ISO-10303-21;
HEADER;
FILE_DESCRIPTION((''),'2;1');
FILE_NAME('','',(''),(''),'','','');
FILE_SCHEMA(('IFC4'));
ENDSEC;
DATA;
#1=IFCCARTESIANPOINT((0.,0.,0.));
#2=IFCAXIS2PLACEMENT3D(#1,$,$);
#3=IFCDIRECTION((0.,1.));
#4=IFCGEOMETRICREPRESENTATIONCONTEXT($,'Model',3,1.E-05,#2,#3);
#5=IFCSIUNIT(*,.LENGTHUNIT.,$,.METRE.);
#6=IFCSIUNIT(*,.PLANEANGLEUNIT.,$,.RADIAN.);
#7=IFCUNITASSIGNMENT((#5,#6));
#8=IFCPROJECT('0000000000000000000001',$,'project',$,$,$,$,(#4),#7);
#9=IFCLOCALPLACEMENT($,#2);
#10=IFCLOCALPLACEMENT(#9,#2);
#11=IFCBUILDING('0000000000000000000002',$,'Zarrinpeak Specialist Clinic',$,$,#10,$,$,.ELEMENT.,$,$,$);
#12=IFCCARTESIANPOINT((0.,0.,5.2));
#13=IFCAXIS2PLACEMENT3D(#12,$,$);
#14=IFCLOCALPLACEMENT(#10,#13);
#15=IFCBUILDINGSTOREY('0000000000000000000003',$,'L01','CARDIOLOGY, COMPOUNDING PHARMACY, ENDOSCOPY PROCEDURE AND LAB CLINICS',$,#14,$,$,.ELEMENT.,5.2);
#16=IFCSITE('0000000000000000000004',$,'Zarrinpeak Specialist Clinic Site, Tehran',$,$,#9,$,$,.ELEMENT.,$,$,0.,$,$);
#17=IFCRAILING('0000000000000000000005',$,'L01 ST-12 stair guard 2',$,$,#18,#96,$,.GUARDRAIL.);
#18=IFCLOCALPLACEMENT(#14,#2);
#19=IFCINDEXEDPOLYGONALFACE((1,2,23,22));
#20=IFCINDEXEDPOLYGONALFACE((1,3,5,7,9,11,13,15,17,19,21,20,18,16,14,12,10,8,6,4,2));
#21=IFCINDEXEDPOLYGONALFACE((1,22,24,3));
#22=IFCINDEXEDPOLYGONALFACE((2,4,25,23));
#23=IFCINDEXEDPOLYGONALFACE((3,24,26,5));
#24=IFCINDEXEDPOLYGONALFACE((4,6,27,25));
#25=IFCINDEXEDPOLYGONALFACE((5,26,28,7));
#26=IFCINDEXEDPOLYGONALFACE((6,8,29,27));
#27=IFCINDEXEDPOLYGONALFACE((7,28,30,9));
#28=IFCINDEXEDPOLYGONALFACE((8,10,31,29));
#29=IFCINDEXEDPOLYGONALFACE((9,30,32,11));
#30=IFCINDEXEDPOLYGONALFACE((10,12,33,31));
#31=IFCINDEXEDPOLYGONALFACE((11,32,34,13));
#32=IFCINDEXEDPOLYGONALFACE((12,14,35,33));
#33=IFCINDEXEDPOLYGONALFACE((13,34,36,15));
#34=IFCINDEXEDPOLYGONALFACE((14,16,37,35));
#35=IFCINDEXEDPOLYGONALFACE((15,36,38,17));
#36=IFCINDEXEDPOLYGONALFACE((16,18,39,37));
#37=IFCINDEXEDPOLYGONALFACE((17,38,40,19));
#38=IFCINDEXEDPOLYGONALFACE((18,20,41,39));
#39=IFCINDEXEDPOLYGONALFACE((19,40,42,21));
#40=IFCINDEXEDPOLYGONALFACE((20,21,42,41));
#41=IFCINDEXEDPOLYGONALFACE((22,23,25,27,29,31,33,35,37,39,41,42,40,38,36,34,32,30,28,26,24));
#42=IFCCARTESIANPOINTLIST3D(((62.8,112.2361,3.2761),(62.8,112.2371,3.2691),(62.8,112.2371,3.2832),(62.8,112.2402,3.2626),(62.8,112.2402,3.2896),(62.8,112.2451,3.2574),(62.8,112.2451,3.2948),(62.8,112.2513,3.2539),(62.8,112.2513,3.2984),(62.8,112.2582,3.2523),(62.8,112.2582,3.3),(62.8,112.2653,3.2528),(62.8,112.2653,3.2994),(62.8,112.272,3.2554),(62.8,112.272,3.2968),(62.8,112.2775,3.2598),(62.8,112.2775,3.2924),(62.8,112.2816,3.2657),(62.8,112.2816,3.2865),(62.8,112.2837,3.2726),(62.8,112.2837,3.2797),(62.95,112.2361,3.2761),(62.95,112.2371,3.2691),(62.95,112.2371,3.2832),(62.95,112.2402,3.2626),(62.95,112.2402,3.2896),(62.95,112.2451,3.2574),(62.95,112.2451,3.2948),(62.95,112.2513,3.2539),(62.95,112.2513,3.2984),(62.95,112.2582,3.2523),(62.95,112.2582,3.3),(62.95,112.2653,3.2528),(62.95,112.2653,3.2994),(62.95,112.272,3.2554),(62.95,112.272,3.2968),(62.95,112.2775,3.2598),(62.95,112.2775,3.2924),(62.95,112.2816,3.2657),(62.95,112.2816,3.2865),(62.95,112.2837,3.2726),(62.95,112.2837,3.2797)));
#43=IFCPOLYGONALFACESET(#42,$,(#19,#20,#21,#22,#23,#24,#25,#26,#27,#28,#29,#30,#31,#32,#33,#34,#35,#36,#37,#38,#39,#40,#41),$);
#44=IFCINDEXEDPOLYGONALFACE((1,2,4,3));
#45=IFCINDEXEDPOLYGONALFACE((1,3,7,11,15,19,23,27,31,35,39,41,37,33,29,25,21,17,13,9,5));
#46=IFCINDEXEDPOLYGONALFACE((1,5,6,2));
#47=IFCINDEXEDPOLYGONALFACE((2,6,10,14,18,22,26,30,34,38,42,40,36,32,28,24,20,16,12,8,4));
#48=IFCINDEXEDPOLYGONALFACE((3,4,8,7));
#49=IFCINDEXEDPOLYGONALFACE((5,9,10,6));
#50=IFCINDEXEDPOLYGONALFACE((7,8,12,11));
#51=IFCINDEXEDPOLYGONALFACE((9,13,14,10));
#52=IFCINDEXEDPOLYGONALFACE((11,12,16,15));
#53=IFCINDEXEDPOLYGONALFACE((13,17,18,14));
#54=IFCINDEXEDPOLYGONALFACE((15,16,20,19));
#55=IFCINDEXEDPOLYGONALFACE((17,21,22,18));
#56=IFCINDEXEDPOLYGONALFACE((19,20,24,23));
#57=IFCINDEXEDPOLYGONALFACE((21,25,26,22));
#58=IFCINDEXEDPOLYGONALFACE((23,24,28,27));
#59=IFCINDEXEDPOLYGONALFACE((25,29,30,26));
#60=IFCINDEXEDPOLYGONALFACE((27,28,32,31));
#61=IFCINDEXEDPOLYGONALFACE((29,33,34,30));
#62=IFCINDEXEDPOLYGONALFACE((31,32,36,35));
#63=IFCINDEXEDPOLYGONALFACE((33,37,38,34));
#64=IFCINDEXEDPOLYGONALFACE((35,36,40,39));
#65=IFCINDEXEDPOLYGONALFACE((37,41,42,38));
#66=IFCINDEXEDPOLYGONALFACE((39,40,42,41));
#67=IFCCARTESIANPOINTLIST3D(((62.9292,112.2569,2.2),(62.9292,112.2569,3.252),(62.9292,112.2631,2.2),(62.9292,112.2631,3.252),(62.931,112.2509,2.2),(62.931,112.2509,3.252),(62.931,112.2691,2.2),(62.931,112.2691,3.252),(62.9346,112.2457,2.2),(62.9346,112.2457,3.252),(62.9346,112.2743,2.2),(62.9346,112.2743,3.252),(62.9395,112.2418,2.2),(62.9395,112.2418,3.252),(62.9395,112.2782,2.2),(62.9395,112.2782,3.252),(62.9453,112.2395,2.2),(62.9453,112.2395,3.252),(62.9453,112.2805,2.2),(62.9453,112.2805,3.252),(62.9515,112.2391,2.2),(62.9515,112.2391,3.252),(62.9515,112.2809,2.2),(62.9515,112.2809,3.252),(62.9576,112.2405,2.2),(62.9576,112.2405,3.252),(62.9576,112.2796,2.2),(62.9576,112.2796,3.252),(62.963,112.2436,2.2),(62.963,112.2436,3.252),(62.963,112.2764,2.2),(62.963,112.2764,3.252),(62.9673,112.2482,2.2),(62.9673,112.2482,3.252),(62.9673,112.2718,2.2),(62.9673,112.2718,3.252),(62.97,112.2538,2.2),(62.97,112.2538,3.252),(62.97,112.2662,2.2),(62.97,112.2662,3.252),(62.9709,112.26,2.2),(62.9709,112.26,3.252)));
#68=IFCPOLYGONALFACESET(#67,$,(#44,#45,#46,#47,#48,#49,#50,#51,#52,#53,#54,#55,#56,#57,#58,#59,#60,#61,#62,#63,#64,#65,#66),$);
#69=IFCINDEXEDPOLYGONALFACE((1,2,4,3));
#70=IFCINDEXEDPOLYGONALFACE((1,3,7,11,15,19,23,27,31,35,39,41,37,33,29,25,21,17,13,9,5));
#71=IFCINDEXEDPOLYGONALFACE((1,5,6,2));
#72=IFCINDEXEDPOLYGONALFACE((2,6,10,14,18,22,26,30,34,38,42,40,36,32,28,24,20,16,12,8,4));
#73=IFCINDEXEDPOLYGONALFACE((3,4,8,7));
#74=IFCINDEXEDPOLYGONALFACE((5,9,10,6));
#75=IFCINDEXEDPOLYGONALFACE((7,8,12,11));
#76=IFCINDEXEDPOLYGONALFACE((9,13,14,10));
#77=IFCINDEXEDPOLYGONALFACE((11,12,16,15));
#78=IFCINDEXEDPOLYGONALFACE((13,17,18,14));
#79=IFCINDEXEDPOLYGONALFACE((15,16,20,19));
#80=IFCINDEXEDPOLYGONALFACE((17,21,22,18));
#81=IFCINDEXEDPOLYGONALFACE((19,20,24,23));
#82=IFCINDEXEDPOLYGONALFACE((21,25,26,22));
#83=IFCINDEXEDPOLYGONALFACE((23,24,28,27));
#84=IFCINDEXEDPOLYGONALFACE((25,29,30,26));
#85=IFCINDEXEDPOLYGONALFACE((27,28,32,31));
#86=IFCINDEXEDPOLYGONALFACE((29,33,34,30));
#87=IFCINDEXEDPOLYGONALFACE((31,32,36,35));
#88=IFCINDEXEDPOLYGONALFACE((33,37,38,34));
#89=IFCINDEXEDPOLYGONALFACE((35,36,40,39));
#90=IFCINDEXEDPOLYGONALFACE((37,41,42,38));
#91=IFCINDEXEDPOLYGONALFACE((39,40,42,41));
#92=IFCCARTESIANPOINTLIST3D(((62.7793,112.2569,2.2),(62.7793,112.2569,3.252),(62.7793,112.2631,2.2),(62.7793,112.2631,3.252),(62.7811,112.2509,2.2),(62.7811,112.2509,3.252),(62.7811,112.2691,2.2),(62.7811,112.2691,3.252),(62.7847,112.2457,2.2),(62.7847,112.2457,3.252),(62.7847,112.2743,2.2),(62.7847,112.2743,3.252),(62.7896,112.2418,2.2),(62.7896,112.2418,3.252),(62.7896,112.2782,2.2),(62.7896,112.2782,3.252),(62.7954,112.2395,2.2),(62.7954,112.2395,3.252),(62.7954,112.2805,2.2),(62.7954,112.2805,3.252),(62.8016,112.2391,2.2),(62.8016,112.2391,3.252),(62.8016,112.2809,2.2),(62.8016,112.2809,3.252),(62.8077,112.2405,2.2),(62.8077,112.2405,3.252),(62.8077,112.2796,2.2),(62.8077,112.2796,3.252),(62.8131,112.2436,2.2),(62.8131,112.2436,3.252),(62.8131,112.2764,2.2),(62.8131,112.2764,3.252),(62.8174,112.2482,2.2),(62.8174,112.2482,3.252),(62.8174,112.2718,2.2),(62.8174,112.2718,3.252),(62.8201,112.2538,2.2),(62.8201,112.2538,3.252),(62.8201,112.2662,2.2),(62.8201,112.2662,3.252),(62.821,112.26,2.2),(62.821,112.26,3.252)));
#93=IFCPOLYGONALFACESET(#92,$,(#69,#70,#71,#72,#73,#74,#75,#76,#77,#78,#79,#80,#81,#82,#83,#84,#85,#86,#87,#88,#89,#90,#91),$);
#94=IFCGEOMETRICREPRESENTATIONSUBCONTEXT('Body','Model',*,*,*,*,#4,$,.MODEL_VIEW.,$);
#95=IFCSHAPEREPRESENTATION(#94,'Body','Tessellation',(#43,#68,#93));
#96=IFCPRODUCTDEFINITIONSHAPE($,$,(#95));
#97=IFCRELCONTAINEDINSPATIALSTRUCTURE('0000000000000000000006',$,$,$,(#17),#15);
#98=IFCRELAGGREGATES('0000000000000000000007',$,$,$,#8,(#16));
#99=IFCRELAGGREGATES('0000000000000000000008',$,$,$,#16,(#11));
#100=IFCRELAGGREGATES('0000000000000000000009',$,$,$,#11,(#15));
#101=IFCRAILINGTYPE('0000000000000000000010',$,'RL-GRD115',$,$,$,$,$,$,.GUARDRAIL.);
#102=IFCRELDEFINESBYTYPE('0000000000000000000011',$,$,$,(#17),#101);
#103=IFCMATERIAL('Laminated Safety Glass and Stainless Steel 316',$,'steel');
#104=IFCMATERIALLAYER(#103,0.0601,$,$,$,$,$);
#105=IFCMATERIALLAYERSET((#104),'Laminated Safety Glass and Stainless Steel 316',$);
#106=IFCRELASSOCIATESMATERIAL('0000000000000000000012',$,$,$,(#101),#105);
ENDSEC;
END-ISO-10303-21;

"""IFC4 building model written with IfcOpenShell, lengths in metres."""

from ifc_helpers import new_model, si_unit, direction, frame, origin, origin_2d, place, context, subcontext, project, spatial, circle, extrude, material, layer, layer_set, type_object, element, save


model = new_model("IFC4")

# Units and contexts
model_context = context("Model", 3, precision=1e-05, world=origin(), true_north=direction((0.0, 1.0)))
body_context = subcontext(model_context, "Body", "Model", "MODEL_VIEW")
ifc_project = project(units=[si_unit("LENGTHUNIT", "METRE"), si_unit("PLANEANGLEUNIT", "RADIAN")], contexts=[model_context])

# Site, building, storey
site_placement = place(None, origin())
site = spatial("IfcSite", under=ifc_project, at=site_placement, Name="Zarrinpeak Specialist Clinic Site, Tehran", CompositionType="ELEMENT", RefElevation=0.0)
building_placement = place(site_placement, origin())
building = spatial("IfcBuilding", under=site, at=building_placement, Name="Zarrinpeak Specialist Clinic", CompositionType="ELEMENT")
storey_placement = place(building_placement, frame((0.0, 0.0, 5.2)))
storey = spatial("IfcBuildingStorey", under=building, at=storey_placement, Name="L01", Description="CARDIOLOGY, COMPOUNDING PHARMACY, ENDOSCOPY PROCEDURE AND LAB CLINICS", CompositionType="ELEMENT", Elevation=5.2)

# Railing
ifc_material_1 = material(Name="Laminated Safety Glass and Stainless Steel 316", Category="steel")
ifc_layer_1 = layer(ifc_material_1, 0.0601)
ifc_layer_set_1 = layer_set([ifc_layer_1], Name="Laminated Safety Glass and Stainless Steel 316")
railing_type_1 = type_object("IfcRailingType", Name="RL-GRD115", PredefinedType="GUARDRAIL", material=ifc_layer_set_1)
railing_1_placement = place(storey_placement, frame((62.95, 112.26, 2.2)))
element("IfcRailing", 1, at=railing_1_placement, inside=storey, type_object=railing_type_1, Name="L01 ST-12 stair guard 2", PredefinedType="GUARDRAIL", context=body_context, shape_type="SweptSolid", body=[
    extrude(circle(Radius=0.0239, at=origin_2d()), frame((0.0, 0.0, 1.0762), z_axis=(-1.0, 0.0, 0.0), x_axis=(0.0, -1.0, 0.0)), (0.0, 0.0, 1.0), 0.1499),
    extrude(circle(Radius=0.021, at=origin_2d()), origin(), (0.0, 0.0, 1.0), 1.052),
    extrude(circle(Radius=0.021, at=origin_2d()), frame((-0.1499, 0.0, 0.0)), (0.0, 0.0, 1.0), 1.052),
])

save(model, "model.ifc")
